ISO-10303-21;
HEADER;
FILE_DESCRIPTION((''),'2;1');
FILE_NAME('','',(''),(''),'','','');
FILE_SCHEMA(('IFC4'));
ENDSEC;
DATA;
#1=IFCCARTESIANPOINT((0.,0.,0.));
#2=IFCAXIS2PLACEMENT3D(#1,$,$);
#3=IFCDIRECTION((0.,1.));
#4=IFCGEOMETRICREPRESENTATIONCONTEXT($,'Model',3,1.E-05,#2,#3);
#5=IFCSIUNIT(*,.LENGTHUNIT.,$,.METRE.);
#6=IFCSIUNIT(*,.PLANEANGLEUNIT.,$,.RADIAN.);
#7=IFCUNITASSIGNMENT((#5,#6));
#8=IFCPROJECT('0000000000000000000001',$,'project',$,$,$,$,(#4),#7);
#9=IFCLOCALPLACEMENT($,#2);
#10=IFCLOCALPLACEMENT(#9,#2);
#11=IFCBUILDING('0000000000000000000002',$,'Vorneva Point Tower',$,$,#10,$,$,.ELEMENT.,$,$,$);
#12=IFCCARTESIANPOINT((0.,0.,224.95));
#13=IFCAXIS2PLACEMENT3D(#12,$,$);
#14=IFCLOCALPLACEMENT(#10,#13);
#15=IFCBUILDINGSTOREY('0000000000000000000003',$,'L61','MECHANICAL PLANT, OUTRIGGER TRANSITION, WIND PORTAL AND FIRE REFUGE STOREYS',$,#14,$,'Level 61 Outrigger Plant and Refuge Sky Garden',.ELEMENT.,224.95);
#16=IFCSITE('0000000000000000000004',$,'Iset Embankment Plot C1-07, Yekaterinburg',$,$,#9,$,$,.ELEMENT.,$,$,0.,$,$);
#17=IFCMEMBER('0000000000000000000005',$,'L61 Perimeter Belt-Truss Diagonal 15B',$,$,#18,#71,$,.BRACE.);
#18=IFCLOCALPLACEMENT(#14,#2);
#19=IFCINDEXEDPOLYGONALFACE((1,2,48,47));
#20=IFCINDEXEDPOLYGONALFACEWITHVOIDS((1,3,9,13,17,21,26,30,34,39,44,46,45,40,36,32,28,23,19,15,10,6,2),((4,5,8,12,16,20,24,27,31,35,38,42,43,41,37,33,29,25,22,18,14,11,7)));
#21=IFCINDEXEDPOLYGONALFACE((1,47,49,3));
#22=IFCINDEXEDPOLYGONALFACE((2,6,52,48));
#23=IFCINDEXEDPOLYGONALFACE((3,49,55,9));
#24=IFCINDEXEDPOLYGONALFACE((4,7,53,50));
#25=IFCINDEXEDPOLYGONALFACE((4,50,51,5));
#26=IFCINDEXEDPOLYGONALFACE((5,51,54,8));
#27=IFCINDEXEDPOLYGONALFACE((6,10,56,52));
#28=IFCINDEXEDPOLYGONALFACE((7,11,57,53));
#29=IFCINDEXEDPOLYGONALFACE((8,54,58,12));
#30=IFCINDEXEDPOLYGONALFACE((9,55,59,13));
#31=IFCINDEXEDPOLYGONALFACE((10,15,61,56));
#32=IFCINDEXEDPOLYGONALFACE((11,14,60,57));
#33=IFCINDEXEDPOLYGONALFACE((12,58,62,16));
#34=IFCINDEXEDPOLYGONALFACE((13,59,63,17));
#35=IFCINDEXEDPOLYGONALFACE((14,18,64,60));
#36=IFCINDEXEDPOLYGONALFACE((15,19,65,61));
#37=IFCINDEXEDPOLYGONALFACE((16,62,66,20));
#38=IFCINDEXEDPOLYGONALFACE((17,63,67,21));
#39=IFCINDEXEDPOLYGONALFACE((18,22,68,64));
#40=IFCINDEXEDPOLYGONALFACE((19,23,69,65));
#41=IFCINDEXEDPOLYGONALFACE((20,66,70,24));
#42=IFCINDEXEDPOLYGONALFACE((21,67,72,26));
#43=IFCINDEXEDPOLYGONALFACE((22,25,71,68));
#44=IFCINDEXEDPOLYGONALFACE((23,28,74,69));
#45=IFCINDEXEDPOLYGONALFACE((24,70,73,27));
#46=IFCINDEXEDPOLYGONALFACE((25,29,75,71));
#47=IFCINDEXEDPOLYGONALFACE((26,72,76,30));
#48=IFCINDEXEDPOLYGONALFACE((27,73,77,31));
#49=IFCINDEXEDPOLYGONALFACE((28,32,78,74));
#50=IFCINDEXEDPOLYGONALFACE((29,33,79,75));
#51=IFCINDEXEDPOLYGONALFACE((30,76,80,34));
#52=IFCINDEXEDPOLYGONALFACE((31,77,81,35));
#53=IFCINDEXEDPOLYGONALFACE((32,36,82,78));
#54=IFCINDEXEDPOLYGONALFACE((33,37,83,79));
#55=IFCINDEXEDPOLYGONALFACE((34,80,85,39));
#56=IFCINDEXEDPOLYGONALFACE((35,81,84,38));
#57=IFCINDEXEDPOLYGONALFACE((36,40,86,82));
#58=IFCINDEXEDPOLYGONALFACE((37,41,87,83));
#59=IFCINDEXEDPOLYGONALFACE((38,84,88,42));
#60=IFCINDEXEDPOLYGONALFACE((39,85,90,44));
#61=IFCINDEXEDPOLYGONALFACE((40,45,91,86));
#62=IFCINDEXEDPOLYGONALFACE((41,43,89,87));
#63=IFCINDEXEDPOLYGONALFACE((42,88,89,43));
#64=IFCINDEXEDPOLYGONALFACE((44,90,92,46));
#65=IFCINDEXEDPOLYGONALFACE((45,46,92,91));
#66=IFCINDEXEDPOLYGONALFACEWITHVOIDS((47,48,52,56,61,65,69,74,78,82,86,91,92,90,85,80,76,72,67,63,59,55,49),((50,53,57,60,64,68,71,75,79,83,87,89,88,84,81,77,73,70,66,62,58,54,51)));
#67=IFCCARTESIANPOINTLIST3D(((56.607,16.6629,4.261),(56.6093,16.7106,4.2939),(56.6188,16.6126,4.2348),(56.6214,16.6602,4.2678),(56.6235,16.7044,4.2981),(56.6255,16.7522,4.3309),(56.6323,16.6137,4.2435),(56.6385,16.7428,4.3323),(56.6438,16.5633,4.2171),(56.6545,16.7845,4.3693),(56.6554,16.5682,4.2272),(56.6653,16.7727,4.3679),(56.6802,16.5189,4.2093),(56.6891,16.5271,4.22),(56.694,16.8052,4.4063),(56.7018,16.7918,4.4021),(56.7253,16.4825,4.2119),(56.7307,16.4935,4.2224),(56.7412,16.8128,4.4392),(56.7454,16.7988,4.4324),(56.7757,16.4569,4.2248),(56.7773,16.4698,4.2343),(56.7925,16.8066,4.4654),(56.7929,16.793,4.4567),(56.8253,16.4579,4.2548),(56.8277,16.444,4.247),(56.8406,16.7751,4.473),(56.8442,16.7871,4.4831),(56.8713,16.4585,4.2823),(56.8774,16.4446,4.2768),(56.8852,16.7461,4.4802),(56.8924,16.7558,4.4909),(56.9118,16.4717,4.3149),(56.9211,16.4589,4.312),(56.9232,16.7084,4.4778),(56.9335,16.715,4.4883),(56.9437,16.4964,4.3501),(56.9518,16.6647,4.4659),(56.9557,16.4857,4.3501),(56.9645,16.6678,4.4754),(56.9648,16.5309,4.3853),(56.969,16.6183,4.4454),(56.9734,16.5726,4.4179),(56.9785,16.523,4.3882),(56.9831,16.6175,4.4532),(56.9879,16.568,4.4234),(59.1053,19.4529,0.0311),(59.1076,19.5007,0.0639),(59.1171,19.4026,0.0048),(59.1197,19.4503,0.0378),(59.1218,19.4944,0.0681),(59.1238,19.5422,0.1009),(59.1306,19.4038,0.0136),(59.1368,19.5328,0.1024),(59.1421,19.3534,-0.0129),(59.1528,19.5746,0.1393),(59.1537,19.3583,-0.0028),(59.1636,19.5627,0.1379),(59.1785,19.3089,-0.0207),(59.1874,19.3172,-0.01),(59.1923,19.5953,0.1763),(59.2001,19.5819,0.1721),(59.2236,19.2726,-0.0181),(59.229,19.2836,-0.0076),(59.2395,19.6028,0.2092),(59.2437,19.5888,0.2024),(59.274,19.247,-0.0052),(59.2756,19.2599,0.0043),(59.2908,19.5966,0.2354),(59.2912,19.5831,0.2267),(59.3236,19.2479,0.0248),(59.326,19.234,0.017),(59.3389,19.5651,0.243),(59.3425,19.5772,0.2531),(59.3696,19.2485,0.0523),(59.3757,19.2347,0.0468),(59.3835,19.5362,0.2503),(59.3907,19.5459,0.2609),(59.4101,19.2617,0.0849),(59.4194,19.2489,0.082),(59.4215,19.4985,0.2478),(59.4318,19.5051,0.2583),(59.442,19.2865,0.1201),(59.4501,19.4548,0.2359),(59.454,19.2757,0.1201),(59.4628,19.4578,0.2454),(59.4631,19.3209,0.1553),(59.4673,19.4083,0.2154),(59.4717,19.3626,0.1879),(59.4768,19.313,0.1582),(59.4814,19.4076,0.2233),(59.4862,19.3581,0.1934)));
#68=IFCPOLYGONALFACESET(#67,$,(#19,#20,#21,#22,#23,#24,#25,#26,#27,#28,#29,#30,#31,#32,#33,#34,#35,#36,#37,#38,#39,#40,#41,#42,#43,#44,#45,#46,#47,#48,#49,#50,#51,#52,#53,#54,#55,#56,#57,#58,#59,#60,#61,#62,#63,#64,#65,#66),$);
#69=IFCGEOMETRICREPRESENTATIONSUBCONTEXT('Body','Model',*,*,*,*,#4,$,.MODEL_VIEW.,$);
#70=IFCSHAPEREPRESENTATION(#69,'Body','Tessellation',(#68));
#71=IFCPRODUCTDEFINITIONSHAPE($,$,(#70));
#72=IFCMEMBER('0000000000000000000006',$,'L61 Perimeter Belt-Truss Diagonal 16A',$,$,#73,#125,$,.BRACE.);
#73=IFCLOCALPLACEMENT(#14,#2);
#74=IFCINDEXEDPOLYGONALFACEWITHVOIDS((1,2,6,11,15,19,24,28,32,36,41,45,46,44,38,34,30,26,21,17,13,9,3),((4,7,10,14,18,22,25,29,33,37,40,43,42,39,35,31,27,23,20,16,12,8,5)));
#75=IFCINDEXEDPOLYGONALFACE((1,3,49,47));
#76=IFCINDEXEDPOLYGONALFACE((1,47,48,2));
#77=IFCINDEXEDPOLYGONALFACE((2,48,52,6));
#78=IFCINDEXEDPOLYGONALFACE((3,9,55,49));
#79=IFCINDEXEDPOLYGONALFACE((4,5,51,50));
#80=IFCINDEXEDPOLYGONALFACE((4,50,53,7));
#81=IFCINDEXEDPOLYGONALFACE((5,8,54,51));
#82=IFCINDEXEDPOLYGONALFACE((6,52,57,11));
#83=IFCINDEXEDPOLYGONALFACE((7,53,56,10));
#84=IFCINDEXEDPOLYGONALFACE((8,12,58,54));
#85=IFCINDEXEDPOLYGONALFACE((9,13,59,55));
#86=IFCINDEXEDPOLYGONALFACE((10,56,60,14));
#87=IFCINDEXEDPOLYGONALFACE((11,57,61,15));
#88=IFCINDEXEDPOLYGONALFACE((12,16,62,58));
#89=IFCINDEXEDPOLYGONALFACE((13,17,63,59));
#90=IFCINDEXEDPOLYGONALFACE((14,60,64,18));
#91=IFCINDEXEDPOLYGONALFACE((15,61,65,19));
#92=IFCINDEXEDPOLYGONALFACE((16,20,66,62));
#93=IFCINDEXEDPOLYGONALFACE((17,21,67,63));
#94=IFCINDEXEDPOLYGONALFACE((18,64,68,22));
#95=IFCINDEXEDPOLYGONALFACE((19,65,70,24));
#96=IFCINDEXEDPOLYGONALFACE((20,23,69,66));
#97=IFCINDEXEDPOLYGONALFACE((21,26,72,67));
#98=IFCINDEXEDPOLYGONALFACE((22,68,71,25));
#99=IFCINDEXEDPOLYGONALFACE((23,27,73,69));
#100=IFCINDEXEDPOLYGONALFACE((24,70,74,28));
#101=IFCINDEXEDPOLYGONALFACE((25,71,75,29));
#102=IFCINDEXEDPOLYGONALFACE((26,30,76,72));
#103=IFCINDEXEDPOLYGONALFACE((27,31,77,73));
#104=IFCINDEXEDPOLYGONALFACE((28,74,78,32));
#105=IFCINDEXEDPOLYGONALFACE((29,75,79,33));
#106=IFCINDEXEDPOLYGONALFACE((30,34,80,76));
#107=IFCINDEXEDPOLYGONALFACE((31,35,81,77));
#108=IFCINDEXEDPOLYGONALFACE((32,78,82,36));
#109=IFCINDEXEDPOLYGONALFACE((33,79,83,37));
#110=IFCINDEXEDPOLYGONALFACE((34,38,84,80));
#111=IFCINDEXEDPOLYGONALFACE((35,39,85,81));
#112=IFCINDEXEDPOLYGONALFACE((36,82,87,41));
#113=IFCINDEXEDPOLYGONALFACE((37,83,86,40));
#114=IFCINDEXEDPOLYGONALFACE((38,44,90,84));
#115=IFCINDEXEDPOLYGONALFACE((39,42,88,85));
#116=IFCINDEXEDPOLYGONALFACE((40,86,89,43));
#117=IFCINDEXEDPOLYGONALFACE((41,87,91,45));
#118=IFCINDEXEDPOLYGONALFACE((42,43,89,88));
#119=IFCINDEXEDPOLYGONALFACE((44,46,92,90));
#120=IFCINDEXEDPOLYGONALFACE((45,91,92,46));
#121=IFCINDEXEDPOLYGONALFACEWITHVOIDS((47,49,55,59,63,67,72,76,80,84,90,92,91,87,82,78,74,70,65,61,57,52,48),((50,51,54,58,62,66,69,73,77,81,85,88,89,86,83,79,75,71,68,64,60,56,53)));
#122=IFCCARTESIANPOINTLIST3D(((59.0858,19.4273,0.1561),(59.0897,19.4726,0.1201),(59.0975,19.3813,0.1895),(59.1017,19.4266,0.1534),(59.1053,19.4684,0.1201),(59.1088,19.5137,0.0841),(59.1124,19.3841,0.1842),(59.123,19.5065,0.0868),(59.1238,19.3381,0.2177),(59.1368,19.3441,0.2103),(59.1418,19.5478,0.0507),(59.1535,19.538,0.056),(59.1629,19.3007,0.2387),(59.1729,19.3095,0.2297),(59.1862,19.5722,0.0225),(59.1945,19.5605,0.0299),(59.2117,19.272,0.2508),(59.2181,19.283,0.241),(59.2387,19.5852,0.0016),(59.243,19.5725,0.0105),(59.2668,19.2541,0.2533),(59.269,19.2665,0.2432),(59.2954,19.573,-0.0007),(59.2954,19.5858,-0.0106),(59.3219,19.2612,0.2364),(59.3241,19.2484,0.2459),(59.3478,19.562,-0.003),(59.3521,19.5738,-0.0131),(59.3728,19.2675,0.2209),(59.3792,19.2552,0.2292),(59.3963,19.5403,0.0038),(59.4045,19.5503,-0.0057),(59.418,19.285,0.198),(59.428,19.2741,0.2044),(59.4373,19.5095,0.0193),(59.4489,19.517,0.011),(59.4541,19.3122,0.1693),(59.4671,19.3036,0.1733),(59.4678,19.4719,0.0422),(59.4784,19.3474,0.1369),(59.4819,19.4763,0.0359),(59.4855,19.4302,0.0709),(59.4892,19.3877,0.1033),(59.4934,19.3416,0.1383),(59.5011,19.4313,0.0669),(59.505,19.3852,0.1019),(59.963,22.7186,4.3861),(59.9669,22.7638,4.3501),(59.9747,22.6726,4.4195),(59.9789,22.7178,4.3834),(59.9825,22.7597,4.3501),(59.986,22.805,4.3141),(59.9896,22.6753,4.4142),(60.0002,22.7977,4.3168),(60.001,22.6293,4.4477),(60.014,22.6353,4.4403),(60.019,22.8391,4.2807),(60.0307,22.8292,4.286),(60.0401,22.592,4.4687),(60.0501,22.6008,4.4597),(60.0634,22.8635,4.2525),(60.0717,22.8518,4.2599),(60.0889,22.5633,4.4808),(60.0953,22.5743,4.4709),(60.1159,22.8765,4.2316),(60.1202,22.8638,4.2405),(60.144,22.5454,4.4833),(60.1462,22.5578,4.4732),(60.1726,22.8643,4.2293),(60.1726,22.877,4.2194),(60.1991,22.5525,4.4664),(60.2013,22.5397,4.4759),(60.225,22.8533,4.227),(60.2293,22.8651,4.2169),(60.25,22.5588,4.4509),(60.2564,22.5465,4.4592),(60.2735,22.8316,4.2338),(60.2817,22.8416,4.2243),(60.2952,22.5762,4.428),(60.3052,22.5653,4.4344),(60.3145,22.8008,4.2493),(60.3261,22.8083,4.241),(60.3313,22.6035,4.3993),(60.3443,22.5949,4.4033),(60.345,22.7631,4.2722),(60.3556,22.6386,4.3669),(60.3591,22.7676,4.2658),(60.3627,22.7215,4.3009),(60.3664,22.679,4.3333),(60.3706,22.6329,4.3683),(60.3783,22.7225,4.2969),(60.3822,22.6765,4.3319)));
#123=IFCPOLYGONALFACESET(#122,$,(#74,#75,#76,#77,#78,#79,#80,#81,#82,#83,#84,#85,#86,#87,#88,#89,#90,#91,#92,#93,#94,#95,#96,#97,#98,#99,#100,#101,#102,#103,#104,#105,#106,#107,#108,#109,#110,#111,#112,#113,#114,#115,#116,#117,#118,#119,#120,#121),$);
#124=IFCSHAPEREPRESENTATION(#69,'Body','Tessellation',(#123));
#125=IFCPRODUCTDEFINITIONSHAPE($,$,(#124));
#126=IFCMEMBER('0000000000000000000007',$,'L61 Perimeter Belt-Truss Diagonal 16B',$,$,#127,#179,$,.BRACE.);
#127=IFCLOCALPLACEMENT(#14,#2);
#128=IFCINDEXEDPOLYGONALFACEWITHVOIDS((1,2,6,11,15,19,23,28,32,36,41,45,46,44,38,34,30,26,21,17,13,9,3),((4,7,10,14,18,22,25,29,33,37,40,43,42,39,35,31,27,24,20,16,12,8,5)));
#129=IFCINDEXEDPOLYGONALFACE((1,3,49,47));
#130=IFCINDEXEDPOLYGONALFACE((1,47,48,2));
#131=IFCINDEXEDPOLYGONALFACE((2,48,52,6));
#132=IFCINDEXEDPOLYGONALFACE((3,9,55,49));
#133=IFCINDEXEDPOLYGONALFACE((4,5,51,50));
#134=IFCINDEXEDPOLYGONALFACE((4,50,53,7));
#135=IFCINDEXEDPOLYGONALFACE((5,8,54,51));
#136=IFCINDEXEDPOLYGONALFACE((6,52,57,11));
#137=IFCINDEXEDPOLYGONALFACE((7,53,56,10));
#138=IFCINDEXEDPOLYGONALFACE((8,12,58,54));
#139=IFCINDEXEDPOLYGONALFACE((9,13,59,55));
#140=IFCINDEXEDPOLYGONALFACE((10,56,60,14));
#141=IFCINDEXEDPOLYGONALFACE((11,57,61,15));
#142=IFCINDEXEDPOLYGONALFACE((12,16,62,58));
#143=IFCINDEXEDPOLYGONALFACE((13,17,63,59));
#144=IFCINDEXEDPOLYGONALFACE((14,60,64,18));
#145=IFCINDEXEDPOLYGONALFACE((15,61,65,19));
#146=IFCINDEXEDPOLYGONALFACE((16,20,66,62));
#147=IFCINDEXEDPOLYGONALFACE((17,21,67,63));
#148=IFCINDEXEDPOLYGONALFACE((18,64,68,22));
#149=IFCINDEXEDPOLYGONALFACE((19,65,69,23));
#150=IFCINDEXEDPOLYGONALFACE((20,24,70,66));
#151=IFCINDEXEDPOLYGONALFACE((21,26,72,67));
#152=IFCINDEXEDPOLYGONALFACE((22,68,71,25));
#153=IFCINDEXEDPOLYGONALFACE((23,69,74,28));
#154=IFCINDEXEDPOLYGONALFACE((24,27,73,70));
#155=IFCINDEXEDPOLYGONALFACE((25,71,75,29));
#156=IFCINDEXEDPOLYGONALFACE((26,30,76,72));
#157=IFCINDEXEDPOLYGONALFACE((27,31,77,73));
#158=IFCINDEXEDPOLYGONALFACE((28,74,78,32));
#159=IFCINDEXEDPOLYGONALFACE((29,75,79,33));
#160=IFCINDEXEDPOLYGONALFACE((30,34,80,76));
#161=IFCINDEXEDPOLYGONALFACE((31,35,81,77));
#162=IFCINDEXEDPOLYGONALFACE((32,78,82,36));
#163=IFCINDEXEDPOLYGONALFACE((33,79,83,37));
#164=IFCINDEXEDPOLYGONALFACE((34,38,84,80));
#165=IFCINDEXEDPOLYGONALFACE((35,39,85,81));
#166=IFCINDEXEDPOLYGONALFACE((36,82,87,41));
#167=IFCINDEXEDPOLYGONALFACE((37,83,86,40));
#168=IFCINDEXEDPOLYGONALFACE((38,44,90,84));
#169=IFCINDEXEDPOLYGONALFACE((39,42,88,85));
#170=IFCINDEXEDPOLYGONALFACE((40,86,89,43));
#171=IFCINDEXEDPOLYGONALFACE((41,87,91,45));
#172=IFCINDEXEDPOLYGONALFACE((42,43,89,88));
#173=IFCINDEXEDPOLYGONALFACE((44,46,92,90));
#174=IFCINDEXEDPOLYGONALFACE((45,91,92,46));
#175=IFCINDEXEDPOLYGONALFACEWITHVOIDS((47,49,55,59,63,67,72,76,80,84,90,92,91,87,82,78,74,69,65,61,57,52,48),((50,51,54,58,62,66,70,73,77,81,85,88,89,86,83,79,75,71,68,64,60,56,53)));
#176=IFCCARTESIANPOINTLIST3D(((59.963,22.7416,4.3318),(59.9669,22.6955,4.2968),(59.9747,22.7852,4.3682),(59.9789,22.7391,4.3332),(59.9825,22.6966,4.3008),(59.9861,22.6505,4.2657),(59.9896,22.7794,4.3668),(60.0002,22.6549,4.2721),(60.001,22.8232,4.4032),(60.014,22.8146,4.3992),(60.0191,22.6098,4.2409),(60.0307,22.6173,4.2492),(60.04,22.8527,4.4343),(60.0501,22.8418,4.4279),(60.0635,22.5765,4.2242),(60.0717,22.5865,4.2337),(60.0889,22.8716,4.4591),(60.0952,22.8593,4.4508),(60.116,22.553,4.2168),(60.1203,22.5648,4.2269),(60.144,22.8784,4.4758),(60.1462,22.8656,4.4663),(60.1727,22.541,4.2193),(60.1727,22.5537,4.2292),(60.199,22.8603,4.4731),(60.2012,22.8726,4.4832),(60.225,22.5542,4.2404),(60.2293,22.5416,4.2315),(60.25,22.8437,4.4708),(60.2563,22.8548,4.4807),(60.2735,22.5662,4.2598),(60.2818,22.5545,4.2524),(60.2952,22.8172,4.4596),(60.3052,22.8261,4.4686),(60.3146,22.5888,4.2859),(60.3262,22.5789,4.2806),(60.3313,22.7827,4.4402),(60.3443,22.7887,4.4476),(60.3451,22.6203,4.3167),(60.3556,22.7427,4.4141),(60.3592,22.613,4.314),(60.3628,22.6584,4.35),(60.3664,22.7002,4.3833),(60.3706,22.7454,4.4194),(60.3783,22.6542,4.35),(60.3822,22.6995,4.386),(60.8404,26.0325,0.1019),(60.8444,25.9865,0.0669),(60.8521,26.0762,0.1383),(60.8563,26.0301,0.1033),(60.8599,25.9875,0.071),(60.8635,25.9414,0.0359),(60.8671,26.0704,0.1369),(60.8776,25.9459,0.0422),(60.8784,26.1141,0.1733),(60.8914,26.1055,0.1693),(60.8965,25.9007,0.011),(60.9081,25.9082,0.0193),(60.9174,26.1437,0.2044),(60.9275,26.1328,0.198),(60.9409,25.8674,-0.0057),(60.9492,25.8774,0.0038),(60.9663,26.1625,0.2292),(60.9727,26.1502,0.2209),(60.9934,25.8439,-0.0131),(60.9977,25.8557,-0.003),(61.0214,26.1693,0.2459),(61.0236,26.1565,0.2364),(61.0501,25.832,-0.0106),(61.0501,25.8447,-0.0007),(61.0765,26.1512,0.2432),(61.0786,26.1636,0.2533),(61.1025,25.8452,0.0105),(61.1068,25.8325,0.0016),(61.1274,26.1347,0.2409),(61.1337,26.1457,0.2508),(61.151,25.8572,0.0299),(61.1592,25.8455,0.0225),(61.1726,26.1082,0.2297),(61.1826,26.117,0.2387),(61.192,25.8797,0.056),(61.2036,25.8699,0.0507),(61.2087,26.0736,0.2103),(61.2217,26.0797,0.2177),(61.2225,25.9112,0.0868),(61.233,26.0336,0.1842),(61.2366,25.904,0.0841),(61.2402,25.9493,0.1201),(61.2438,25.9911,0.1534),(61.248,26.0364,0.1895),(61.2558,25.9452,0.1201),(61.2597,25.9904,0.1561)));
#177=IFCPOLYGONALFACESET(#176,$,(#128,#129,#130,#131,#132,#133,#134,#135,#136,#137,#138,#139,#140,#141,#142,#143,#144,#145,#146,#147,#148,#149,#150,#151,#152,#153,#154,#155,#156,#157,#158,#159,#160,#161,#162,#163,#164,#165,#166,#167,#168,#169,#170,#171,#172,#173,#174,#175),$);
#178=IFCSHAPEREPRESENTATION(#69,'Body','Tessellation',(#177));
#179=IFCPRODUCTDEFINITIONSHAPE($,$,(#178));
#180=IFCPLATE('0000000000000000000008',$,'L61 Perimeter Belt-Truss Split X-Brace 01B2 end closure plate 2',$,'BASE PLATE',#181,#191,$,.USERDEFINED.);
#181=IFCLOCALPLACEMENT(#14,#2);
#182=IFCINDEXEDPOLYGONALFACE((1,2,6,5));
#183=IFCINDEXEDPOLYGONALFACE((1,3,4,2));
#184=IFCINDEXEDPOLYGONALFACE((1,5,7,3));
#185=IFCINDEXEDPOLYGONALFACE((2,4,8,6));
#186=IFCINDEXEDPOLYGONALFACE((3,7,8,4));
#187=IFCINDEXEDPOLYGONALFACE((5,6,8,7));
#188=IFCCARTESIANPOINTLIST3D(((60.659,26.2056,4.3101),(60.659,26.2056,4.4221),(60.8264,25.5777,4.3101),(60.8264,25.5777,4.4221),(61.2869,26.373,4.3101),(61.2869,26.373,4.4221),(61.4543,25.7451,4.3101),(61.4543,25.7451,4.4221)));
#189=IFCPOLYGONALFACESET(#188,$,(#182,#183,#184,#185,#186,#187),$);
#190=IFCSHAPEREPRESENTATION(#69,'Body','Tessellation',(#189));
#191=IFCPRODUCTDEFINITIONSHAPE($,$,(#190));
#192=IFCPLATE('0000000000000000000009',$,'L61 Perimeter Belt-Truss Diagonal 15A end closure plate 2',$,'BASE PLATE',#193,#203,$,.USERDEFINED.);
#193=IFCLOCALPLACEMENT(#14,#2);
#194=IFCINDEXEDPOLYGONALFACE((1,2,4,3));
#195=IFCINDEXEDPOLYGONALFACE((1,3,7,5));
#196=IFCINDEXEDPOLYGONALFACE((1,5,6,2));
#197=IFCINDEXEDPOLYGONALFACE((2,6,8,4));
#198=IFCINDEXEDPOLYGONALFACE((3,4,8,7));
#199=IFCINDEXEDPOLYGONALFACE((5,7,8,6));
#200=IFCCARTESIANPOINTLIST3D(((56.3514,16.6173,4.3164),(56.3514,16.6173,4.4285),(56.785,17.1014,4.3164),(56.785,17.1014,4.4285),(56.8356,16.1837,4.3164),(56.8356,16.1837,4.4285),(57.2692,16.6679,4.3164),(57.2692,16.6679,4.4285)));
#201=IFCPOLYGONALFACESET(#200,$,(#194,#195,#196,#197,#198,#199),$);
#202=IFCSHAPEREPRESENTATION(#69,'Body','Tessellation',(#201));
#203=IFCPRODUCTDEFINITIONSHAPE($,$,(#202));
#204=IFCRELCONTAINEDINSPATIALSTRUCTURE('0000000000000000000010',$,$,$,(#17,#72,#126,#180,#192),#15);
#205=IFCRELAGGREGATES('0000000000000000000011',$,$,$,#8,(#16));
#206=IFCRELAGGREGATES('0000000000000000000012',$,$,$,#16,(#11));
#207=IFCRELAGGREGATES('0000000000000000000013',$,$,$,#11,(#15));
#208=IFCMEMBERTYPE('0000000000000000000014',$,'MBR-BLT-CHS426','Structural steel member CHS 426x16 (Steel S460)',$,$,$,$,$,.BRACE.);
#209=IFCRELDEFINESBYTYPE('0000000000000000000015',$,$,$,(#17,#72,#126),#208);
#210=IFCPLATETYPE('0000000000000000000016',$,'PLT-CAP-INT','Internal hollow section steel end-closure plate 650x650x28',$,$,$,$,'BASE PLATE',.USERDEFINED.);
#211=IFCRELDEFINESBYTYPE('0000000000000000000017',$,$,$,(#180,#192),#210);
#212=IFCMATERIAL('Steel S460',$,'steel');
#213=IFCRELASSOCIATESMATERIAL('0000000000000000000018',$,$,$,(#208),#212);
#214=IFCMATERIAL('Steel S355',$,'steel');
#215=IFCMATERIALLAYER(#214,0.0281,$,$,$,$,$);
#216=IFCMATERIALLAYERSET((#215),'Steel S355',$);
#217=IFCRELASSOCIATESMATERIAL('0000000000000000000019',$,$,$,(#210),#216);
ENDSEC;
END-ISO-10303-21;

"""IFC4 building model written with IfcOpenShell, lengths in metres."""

from ifc_helpers import new_model, si_unit, direction, frame, origin, origin_2d, place, context, subcontext, project, spatial, rectangle, hollow_circle, extrude, material, layer, layer_set, material_profile, profile_set, type_object, element, save


model = new_model("IFC4")

# Units and contexts
model_context = context("Model", 3, precision=1e-05, world=origin(), true_north=direction((0.0, 1.0)))
body_context = subcontext(model_context, "Body", "Model", "MODEL_VIEW")
ifc_project = project(units=[si_unit("LENGTHUNIT", "METRE"), si_unit("PLANEANGLEUNIT", "RADIAN")], contexts=[model_context])

# Site, building, storey
site_placement = place(None, origin())
site = spatial("IfcSite", under=ifc_project, at=site_placement, Name="Iset Embankment Plot C1-07, Yekaterinburg", CompositionType="ELEMENT", RefElevation=0.0)
building_placement = place(site_placement, origin())
building = spatial("IfcBuilding", under=site, at=building_placement, Name="Vorneva Point Tower", CompositionType="ELEMENT")
storey_placement = place(building_placement, frame((0.0, 0.0, 224.95)))
storey = spatial("IfcBuildingStorey", under=building, at=storey_placement, Name="L61", Description="MECHANICAL PLANT, OUTRIGGER TRANSITION, WIND PORTAL AND FIRE REFUGE STOREYS", LongName="Level 61 Outrigger Plant and Refuge Sky Garden", CompositionType="ELEMENT", Elevation=224.95)

# Shared definitions
ifc_material_1 = material(Name="Steel S460", Category="steel")
ifc_material_2 = material(Name="Steel S355", Category="steel")

# Members
ifc_material_profile_1 = material_profile(ifc_material_1, hollow_circle(Radius=0.2129, WallThickness=0.0161, at=origin_2d()), Name="CHS 426x16")
ifc_profile_set_1 = profile_set([ifc_material_profile_1], Name="Steel S460")
member_type = type_object("IfcMemberType", Name="MBR-BLT-CHS426", Description="Structural steel member CHS 426x16 (Steel S460)", PredefinedType="BRACE", material=ifc_profile_set_1)
member_1_placement = place(storey_placement, frame((59.2954, 19.4177, 0.1201), z_axis=(-0.442203, -0.493843, 0.748716), x_axis=(0.744984, -0.667083, 0.0)))
element("IfcMember", 1, at=member_1_placement, inside=storey, type_object=member_type, Name="L61 Perimeter Belt-Truss Diagonal 15B", PredefinedType="BRACE", context=body_context, shape_type="SweptSolid", body=[
    extrude(hollow_circle(Radius=0.2129, WallThickness=0.0161, at=origin_2d()), origin(), (0.0, 0.0, 1.0), 5.6497),
])
member_2_placement = place(storey_placement, frame((59.2954, 19.4177, 0.1201), z_axis=(0.16152, 0.606026, 0.778874), x_axis=(-0.966269, 0.257533, 0.0)))
element("IfcMember", 2, at=member_2_placement, inside=storey, type_object=member_type, Name="L61 Perimeter Belt-Truss Diagonal 16A", PredefinedType="BRACE", context=body_context, shape_type="SweptSolid", body=[
    extrude(hollow_circle(Radius=0.2129, WallThickness=0.0161, at=origin_2d()), origin(), (0.0, 0.0, 1.0), 5.4309),
])
member_3_placement = place(storey_placement, frame((61.05, 26.0, 0.1201), z_axis=(-0.161568, -0.605993, 0.778889), x_axis=(0.966247, -0.257618, 0.0)))
element("IfcMember", 3, at=member_3_placement, inside=storey, type_object=member_type, Name="L61 Perimeter Belt-Truss Diagonal 16B", PredefinedType="BRACE", context=body_context, shape_type="SweptSolid", body=[
    extrude(hollow_circle(Radius=0.2129, WallThickness=0.0161, at=origin_2d()), origin(), (0.0, 0.0, 1.0), 5.4307),
])

# Plates
ifc_layer_1 = layer(ifc_material_2, 0.0281)
ifc_layer_set_1 = layer_set([ifc_layer_1], Name="Steel S355")
plate_type_1 = type_object("IfcPlateType", Name="PLT-CAP-INT", Description="Internal hollow section steel end-closure plate 650x650x28", ElementType="BASE PLATE", PredefinedType="USERDEFINED", material=ifc_layer_set_1)
for number, where, z_axis, x_axis, name in (
    (4, (61.0566, 25.9753, 4.3101), (0.0, 0.0, 1.0), (0.257571, -0.966259, 0.0), "L61 Perimeter Belt-Truss Split X-Brace 01B2 end closure plate 2"),
    (5, (56.8103, 16.6426, 4.3164), (0.0, 0.0, 1.0), (0.667092, 0.744976, 0.0), "L61 Perimeter Belt-Truss Diagonal 15A end closure plate 2"),
):
    element("IfcPlate", number, at=place(storey_placement, frame(where, z_axis=z_axis, x_axis=x_axis)), inside=storey, type_object=plate_type_1, Name=name, ObjectType="BASE PLATE", PredefinedType="USERDEFINED", context=body_context, shape_type="SweptSolid", body=[
        extrude(rectangle(XDim=0.6499, YDim=0.6499, at=origin_2d()), origin(), (0.0, 0.0, 1.0), 0.1121),
    ])

save(model, "model.ifc")
